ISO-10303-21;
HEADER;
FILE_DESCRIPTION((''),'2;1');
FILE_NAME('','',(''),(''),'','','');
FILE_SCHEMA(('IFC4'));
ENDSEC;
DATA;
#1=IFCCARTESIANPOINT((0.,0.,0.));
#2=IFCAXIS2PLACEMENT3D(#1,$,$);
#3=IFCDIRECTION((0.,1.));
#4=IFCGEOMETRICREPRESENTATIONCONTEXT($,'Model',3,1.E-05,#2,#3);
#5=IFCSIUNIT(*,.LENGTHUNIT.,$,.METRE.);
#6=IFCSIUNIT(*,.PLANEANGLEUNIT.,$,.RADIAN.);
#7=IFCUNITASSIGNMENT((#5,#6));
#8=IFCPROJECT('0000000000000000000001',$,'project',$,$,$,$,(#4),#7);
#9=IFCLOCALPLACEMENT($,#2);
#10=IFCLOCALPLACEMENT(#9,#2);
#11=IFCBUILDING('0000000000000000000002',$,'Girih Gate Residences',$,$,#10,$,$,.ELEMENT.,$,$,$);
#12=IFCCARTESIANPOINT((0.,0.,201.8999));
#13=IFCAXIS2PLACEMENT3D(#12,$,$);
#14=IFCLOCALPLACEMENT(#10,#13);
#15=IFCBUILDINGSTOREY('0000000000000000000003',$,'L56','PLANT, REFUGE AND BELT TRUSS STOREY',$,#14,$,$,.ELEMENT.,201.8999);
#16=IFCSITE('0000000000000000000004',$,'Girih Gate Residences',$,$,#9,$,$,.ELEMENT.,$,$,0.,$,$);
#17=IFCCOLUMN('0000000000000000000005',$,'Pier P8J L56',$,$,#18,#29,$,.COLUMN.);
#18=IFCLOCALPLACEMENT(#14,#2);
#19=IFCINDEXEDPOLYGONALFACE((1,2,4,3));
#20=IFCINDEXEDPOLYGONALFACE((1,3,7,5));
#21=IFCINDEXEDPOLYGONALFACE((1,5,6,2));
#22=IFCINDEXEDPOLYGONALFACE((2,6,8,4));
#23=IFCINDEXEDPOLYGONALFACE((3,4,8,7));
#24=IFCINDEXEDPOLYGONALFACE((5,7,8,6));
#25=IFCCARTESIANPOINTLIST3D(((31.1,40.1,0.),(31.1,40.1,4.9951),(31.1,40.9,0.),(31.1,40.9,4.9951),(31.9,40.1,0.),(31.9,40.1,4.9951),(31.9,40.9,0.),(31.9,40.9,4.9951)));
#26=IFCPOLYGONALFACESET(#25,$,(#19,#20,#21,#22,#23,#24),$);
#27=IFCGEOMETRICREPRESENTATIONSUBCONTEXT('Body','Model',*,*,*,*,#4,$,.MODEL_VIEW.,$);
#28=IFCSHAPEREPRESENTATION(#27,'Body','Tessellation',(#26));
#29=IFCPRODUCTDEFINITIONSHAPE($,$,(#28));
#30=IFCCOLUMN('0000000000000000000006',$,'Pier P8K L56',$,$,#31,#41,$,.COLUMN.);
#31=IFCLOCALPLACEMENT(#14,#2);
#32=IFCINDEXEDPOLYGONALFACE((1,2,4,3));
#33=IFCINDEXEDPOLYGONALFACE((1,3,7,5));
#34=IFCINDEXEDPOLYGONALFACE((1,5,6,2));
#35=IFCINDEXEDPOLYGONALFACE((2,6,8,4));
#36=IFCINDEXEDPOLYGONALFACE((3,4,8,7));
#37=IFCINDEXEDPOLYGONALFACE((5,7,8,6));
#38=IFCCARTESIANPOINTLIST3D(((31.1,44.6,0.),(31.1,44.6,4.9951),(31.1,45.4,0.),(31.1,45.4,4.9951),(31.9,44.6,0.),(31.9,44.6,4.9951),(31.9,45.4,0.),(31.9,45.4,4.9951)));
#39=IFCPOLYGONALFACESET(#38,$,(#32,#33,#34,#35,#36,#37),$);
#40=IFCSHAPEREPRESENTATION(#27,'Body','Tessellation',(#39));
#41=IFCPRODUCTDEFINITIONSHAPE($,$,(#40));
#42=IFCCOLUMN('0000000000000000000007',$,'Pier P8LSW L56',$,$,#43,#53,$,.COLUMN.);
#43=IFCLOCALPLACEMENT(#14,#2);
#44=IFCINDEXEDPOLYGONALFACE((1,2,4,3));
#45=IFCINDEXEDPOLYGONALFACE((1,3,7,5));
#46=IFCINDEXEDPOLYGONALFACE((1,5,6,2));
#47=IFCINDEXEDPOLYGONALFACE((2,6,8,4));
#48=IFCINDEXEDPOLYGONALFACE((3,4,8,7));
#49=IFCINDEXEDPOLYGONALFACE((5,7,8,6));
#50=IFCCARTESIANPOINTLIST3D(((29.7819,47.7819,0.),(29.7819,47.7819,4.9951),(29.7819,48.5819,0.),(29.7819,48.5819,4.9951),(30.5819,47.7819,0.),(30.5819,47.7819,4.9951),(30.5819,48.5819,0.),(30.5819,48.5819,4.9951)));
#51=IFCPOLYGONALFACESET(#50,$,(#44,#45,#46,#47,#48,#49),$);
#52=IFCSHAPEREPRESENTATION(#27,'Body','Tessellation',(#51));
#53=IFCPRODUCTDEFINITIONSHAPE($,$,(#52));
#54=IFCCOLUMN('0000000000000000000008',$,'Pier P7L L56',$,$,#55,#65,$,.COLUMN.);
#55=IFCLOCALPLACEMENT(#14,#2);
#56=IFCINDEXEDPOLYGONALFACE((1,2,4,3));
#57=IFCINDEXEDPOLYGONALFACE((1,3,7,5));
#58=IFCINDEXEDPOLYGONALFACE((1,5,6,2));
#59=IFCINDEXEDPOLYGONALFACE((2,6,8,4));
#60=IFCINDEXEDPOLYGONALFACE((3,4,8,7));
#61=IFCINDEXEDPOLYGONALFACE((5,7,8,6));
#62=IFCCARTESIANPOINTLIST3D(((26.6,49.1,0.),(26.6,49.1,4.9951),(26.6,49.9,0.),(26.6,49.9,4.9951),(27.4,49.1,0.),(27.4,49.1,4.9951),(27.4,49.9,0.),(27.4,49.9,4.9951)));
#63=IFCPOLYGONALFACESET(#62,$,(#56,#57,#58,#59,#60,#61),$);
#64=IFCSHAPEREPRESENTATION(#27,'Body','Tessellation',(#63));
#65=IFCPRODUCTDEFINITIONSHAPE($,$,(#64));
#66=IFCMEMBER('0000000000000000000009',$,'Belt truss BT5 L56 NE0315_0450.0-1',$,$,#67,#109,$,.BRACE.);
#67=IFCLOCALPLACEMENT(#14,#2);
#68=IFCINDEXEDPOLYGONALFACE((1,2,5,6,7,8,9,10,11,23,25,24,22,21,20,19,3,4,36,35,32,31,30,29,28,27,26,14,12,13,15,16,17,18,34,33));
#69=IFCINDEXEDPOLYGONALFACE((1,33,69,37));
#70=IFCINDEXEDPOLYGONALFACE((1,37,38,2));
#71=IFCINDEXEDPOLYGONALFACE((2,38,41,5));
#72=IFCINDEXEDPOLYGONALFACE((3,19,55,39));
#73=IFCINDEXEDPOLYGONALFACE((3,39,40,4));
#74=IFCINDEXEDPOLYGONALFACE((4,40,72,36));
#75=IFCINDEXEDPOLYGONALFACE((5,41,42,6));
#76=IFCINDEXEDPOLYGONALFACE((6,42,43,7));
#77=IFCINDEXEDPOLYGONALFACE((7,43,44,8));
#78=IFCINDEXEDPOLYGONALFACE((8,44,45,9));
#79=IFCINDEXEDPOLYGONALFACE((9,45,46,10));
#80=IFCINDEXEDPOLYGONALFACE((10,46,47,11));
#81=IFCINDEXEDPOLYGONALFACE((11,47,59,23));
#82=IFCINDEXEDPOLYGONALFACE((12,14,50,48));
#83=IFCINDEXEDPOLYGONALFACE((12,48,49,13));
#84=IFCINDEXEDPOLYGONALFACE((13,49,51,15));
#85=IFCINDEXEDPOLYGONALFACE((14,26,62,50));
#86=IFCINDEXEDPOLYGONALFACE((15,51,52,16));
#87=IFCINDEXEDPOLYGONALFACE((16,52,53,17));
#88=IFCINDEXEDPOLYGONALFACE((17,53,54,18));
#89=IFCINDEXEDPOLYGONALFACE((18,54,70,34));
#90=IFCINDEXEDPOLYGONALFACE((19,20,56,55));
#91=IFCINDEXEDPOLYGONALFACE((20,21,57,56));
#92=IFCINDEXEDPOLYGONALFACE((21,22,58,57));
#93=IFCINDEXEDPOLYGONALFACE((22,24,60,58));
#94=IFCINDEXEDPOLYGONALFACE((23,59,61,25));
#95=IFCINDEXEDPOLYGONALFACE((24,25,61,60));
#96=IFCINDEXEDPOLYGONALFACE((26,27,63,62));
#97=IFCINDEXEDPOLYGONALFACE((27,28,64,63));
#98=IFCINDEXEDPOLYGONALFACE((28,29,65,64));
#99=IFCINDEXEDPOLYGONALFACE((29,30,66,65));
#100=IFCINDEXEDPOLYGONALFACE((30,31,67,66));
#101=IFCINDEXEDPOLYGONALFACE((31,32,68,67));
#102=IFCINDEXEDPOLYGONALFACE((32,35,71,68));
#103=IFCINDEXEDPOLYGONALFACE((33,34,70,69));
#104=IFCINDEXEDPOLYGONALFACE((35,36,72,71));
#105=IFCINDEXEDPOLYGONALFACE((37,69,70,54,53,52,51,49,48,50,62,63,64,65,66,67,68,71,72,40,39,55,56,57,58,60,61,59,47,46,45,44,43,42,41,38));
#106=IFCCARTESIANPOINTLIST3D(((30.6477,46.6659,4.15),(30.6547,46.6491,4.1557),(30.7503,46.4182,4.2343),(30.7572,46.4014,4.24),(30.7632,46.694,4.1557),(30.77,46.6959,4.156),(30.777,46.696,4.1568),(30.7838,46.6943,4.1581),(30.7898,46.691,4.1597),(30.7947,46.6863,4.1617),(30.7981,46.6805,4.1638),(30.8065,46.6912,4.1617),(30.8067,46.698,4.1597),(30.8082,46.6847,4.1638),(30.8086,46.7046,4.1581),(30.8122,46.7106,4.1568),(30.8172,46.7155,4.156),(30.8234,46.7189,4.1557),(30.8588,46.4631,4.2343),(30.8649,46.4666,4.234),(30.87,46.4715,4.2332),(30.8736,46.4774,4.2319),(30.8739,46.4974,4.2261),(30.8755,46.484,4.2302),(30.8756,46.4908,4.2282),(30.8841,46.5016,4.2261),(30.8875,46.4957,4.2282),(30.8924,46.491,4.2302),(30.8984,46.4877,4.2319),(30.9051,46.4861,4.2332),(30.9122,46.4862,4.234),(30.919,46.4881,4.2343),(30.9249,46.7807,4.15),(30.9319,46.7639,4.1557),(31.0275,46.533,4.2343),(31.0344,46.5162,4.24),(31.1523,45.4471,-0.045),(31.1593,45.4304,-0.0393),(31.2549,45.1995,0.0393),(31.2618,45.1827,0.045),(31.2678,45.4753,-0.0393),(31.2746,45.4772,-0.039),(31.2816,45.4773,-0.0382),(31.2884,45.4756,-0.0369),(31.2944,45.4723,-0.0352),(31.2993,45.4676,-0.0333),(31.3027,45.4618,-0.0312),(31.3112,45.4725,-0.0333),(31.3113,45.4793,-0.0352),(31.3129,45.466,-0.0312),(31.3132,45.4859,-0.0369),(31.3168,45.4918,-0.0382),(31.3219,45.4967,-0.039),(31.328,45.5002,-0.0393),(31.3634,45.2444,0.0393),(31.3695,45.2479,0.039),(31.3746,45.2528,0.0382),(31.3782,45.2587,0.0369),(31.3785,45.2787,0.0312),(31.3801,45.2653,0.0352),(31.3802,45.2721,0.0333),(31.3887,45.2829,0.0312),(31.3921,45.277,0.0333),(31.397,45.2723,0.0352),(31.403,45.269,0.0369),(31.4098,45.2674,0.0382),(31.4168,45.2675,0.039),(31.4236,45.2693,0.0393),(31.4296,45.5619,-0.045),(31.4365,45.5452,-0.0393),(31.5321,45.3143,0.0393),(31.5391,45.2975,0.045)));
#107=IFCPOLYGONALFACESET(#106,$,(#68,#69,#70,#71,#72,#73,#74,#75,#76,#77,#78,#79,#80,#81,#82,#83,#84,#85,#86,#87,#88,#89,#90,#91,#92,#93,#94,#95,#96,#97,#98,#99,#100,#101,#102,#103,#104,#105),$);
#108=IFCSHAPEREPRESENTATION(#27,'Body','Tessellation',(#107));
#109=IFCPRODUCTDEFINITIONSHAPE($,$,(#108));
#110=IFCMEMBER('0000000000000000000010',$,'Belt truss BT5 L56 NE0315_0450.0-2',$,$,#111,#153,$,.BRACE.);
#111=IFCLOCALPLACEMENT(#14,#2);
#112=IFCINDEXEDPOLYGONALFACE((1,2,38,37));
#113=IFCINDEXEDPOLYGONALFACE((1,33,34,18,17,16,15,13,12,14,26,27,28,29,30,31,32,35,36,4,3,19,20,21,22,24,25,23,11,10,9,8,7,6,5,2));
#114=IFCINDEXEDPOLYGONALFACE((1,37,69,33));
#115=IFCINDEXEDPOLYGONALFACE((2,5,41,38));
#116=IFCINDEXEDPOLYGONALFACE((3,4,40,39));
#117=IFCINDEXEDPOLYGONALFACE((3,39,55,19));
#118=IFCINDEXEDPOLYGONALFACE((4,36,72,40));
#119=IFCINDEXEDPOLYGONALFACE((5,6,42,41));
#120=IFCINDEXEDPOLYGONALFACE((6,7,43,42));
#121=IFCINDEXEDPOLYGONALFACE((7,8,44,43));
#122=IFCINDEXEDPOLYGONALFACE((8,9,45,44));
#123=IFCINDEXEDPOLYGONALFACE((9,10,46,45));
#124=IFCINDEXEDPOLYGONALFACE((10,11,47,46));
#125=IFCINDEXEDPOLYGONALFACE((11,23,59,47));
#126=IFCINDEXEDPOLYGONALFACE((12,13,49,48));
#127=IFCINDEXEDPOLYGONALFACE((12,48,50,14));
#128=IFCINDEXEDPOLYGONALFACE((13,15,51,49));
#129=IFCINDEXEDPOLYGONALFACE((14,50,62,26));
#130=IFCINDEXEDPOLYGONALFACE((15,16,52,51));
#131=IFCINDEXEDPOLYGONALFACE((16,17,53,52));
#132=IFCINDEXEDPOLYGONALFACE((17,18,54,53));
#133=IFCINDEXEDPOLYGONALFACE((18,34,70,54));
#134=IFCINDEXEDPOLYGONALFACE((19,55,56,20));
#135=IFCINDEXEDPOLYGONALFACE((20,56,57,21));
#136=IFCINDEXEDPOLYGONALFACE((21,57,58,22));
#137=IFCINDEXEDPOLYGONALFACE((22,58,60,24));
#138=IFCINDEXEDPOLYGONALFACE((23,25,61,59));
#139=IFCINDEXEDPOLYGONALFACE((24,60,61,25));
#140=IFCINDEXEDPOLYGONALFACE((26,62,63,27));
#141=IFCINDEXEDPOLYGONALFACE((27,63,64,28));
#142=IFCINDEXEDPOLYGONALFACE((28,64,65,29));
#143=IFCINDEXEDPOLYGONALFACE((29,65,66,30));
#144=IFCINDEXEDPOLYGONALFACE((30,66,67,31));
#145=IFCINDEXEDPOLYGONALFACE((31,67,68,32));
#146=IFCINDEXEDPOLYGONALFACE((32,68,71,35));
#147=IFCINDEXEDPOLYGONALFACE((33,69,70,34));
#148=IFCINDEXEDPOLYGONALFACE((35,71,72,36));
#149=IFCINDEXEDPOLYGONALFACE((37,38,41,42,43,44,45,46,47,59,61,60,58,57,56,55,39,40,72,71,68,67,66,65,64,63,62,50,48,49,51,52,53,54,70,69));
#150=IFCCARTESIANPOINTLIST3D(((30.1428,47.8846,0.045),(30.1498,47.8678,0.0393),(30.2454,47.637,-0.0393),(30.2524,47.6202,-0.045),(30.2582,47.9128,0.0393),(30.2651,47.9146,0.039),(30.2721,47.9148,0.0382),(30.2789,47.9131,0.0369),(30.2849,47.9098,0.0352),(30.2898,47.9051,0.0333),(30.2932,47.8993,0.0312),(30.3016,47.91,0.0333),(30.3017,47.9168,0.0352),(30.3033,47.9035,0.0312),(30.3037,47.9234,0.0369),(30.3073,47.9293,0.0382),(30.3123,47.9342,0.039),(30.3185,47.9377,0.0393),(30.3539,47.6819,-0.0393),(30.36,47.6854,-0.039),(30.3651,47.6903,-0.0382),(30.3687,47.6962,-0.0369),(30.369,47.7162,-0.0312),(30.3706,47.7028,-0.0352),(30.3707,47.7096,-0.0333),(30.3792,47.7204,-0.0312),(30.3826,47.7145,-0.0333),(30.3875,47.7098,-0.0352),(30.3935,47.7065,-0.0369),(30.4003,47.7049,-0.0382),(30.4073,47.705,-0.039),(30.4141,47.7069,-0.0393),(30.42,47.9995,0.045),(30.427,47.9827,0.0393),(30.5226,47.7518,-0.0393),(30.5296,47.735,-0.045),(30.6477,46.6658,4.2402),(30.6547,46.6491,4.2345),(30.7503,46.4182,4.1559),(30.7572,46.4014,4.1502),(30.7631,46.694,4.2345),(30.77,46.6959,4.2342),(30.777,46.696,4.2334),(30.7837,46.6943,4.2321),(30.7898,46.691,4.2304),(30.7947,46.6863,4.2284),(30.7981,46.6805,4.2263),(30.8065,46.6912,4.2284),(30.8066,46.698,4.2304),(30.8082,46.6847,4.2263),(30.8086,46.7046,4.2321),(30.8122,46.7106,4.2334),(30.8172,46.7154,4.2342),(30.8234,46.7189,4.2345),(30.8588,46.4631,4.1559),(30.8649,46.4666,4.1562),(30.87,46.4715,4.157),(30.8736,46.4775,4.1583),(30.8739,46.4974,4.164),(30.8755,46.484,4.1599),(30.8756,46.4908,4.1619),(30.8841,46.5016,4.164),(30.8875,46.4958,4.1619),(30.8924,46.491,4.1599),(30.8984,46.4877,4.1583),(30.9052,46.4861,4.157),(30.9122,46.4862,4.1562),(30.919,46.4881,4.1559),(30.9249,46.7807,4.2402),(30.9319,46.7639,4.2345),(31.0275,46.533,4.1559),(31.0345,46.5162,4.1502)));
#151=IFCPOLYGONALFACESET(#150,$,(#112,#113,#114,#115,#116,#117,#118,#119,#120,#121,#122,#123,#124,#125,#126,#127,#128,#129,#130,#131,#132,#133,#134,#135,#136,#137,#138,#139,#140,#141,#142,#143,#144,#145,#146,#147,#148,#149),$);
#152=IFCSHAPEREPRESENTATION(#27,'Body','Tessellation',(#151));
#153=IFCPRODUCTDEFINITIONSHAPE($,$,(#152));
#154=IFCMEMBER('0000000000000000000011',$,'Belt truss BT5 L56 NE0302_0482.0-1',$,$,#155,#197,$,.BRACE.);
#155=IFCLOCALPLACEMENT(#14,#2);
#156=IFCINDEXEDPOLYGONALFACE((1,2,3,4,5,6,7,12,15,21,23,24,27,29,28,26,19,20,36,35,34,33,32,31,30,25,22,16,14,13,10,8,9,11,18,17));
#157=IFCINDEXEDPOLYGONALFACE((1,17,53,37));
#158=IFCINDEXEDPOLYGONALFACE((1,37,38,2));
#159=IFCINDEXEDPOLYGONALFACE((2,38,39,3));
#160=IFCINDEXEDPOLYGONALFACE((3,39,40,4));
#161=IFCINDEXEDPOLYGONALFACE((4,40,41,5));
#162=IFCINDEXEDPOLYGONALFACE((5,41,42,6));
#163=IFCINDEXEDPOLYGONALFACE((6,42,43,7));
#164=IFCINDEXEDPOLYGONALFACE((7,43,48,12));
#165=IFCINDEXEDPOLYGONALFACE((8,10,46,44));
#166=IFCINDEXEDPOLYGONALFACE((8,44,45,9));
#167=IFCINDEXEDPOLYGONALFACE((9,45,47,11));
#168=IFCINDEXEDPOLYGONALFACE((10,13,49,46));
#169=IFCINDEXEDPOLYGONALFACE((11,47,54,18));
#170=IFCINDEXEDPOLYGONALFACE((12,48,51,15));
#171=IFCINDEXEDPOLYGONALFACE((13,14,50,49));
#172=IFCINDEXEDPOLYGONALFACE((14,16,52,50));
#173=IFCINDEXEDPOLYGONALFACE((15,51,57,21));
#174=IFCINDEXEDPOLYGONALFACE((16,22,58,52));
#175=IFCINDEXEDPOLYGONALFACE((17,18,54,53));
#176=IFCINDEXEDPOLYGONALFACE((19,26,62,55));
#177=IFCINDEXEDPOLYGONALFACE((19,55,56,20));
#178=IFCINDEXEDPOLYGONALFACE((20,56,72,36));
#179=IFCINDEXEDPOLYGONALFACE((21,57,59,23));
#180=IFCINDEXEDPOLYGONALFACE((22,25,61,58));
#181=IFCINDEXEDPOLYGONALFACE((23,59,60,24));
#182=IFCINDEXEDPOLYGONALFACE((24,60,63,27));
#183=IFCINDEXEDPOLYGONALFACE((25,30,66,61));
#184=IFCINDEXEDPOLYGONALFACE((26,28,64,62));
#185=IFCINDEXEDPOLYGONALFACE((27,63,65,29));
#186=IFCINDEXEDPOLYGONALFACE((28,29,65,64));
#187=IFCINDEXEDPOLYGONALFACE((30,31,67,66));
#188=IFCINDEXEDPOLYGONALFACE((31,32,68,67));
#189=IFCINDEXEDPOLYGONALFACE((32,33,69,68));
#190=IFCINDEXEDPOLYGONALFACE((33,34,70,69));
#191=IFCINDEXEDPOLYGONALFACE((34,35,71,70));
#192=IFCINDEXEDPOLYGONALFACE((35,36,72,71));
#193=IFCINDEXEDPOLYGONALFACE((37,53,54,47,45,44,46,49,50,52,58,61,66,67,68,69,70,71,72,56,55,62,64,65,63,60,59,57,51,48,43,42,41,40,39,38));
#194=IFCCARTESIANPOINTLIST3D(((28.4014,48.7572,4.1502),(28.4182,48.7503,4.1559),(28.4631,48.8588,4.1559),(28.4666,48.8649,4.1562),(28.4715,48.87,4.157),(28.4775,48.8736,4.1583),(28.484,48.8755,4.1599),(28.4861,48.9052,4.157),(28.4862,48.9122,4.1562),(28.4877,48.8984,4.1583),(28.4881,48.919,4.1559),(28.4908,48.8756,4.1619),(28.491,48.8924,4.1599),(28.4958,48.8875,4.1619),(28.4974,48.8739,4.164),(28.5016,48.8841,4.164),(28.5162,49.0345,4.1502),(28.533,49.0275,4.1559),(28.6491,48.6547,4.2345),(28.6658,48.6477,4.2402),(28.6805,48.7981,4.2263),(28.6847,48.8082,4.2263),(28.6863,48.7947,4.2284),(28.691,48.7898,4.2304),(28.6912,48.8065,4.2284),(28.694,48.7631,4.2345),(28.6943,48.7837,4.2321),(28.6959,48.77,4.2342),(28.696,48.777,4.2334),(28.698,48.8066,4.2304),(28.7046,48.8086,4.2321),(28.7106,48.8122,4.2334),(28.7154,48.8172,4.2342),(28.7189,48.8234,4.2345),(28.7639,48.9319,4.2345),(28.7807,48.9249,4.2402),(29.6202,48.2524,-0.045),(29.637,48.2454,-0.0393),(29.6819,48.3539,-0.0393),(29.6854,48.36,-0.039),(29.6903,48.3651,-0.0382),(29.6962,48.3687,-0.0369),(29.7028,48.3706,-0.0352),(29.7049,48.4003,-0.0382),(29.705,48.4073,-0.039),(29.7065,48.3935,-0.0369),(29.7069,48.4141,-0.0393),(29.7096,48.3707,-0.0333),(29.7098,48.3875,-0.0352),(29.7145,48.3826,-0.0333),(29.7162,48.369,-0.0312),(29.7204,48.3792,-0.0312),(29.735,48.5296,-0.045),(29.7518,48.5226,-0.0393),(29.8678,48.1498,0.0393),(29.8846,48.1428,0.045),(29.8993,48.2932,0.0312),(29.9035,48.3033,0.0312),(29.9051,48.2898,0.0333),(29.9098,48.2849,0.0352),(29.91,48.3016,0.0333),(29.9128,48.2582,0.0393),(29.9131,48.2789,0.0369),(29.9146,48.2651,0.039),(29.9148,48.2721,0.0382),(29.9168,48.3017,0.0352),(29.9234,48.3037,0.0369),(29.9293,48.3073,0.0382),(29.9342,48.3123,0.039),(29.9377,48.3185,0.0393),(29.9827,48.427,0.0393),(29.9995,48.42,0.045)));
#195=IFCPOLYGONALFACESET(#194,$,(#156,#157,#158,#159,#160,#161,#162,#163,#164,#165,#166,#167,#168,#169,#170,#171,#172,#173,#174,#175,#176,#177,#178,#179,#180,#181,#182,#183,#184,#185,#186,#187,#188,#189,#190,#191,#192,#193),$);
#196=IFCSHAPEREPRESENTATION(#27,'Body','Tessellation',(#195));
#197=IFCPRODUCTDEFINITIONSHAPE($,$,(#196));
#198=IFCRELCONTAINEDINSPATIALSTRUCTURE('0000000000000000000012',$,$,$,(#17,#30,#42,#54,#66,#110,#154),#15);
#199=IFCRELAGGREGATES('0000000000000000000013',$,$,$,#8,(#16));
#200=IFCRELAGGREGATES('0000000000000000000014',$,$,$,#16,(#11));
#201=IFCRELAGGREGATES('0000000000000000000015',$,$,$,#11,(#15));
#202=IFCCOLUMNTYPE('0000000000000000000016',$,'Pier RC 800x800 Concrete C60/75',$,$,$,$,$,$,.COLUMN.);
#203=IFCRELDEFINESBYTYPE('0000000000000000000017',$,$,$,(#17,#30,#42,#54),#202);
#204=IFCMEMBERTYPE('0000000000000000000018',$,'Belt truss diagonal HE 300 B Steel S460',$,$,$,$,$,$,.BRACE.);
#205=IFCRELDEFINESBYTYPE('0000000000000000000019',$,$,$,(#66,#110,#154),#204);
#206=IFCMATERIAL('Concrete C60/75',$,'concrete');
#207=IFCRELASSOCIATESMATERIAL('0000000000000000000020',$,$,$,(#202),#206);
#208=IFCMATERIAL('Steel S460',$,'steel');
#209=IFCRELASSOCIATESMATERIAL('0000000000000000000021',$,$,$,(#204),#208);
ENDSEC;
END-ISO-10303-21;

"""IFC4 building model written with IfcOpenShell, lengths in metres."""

from ifc_helpers import new_model, si_unit, direction, frame, origin, origin_2d, place, context, subcontext, project, spatial, rectangle, i_section, extrude, material, material_profile, profile_set, type_object, element, save


model = new_model("IFC4")

# Units and contexts
model_context = context("Model", 3, precision=1e-05, world=origin(), true_north=direction((0.0, 1.0)))
body_context = subcontext(model_context, "Body", "Model", "MODEL_VIEW")
ifc_project = project(units=[si_unit("LENGTHUNIT", "METRE"), si_unit("PLANEANGLEUNIT", "RADIAN")], contexts=[model_context])

# Site, building, storey
site_placement = place(None, origin())
site = spatial("IfcSite", under=ifc_project, at=site_placement, Name="Girih Gate Residences", CompositionType="ELEMENT", RefElevation=0.0)
building_placement = place(site_placement, origin())
building = spatial("IfcBuilding", under=site, at=building_placement, Name="Girih Gate Residences", CompositionType="ELEMENT")
storey_placement = place(building_placement, frame((0.0, 0.0, 201.8999)))
storey = spatial("IfcBuildingStorey", under=building, at=storey_placement, Name="L56", Description="PLANT, REFUGE AND BELT TRUSS STOREY", CompositionType="ELEMENT", Elevation=201.8999)

# Columns
ifc_material_1 = material(Name="Concrete C60/75", Category="concrete")
ifc_material_profile_1 = material_profile(ifc_material_1, rectangle(XDim=0.8, YDim=0.8, at=origin_2d()))
ifc_profile_set_1 = profile_set([ifc_material_profile_1], Name="Concrete C60/75")
column_type = type_object("IfcColumnType", Name="Pier RC 800x800 Concrete C60/75", PredefinedType="COLUMN", material=ifc_profile_set_1)
for number, where, z_axis, x_axis, name in (
    (1, (31.5, 40.5, 0.0), (0.0, 0.0, 1.0), (1.0, 0.0, 0.0), "Pier P8J L56"),
    (2, (31.5, 45.0, 0.0), (0.0, 0.0, 1.0), (1.0, 0.0, 0.0), "Pier P8K L56"),
    (3, (30.1819, 48.1819, 0.0), (0.0, 0.0, 1.0), (1.0, 0.0, 0.0), "Pier P8LSW L56"),
    (4, (27.0, 49.5, 0.0), (0.0, 0.0, 1.0), (1.0, 0.0, 0.0), "Pier P7L L56"),
):
    element("IfcColumn", number, at=place(storey_placement, frame(where, z_axis=z_axis, x_axis=x_axis)), inside=storey, type_object=column_type, Name=name, PredefinedType="COLUMN", context=body_context, shape_type="SweptSolid", body=[
        extrude(rectangle(XDim=0.8, YDim=0.8, at=origin_2d()), origin(), (0.0, 0.0, 1.0), 4.9951),
    ])

# Members
ifc_material_2 = material(Name="Steel S460", Category="steel")
ifc_material_profile_2 = material_profile(ifc_material_2, i_section(OverallWidth=0.3, OverallDepth=0.3, WebThickness=0.011, FlangeThickness=0.019, FilletRadius=0.0271, at=origin_2d()))
ifc_profile_set_2 = profile_set([ifc_material_profile_2], Name="Steel S460")
member_type_1 = type_object("IfcMemberType", Name="Belt truss diagonal HE 300 B Steel S460", PredefinedType="BRACE", material=ifc_profile_set_2)
member_1_placement = place(storey_placement, frame((31.3457, 45.3723, 0.0), z_axis=(-0.114754, 0.277142, 0.953952), x_axis=(-0.923929, -0.382564, 0.0)))
element("IfcMember", 5, at=member_1_placement, inside=storey, type_object=member_type_1, Name="Belt truss BT5 L56 NE0315_0450.0-1", PredefinedType="BRACE", context=body_context, shape_type="SweptSolid", body=[
    extrude(i_section(OverallWidth=0.3, OverallDepth=0.3, WebThickness=0.011, FlangeThickness=0.019, FilletRadius=0.0271, at=origin_2d()), origin(), (0.0, 0.0, 1.0), 4.3975),
])
for number, where, z_axis, x_axis, name in (
    (6, (30.3362, 47.8098, 0.0), (0.114809, -0.27714, 0.953946), (0.923863, 0.382722, 0.0), "Belt truss BT5 L56 NE0315_0450.0-2"),
    (7, (29.8098, 48.3362, 0.0), (-0.27714, 0.114809, 0.953946), (-0.382722, -0.923863, 0.0), "Belt truss BT5 L56 NE0302_0482.0-1"),
):
    element("IfcMember", number, at=place(storey_placement, frame(where, z_axis=z_axis, x_axis=x_axis)), inside=storey, type_object=member_type_1, Name=name, PredefinedType="BRACE", context=body_context, shape_type="SweptSolid", body=[
        extrude(i_section(OverallWidth=0.3, OverallDepth=0.3, WebThickness=0.011, FlangeThickness=0.019, FilletRadius=0.0271, at=origin_2d()), origin(), (0.0, 0.0, 1.0), 4.3977),
    ])

save(model, "model.ifc")
